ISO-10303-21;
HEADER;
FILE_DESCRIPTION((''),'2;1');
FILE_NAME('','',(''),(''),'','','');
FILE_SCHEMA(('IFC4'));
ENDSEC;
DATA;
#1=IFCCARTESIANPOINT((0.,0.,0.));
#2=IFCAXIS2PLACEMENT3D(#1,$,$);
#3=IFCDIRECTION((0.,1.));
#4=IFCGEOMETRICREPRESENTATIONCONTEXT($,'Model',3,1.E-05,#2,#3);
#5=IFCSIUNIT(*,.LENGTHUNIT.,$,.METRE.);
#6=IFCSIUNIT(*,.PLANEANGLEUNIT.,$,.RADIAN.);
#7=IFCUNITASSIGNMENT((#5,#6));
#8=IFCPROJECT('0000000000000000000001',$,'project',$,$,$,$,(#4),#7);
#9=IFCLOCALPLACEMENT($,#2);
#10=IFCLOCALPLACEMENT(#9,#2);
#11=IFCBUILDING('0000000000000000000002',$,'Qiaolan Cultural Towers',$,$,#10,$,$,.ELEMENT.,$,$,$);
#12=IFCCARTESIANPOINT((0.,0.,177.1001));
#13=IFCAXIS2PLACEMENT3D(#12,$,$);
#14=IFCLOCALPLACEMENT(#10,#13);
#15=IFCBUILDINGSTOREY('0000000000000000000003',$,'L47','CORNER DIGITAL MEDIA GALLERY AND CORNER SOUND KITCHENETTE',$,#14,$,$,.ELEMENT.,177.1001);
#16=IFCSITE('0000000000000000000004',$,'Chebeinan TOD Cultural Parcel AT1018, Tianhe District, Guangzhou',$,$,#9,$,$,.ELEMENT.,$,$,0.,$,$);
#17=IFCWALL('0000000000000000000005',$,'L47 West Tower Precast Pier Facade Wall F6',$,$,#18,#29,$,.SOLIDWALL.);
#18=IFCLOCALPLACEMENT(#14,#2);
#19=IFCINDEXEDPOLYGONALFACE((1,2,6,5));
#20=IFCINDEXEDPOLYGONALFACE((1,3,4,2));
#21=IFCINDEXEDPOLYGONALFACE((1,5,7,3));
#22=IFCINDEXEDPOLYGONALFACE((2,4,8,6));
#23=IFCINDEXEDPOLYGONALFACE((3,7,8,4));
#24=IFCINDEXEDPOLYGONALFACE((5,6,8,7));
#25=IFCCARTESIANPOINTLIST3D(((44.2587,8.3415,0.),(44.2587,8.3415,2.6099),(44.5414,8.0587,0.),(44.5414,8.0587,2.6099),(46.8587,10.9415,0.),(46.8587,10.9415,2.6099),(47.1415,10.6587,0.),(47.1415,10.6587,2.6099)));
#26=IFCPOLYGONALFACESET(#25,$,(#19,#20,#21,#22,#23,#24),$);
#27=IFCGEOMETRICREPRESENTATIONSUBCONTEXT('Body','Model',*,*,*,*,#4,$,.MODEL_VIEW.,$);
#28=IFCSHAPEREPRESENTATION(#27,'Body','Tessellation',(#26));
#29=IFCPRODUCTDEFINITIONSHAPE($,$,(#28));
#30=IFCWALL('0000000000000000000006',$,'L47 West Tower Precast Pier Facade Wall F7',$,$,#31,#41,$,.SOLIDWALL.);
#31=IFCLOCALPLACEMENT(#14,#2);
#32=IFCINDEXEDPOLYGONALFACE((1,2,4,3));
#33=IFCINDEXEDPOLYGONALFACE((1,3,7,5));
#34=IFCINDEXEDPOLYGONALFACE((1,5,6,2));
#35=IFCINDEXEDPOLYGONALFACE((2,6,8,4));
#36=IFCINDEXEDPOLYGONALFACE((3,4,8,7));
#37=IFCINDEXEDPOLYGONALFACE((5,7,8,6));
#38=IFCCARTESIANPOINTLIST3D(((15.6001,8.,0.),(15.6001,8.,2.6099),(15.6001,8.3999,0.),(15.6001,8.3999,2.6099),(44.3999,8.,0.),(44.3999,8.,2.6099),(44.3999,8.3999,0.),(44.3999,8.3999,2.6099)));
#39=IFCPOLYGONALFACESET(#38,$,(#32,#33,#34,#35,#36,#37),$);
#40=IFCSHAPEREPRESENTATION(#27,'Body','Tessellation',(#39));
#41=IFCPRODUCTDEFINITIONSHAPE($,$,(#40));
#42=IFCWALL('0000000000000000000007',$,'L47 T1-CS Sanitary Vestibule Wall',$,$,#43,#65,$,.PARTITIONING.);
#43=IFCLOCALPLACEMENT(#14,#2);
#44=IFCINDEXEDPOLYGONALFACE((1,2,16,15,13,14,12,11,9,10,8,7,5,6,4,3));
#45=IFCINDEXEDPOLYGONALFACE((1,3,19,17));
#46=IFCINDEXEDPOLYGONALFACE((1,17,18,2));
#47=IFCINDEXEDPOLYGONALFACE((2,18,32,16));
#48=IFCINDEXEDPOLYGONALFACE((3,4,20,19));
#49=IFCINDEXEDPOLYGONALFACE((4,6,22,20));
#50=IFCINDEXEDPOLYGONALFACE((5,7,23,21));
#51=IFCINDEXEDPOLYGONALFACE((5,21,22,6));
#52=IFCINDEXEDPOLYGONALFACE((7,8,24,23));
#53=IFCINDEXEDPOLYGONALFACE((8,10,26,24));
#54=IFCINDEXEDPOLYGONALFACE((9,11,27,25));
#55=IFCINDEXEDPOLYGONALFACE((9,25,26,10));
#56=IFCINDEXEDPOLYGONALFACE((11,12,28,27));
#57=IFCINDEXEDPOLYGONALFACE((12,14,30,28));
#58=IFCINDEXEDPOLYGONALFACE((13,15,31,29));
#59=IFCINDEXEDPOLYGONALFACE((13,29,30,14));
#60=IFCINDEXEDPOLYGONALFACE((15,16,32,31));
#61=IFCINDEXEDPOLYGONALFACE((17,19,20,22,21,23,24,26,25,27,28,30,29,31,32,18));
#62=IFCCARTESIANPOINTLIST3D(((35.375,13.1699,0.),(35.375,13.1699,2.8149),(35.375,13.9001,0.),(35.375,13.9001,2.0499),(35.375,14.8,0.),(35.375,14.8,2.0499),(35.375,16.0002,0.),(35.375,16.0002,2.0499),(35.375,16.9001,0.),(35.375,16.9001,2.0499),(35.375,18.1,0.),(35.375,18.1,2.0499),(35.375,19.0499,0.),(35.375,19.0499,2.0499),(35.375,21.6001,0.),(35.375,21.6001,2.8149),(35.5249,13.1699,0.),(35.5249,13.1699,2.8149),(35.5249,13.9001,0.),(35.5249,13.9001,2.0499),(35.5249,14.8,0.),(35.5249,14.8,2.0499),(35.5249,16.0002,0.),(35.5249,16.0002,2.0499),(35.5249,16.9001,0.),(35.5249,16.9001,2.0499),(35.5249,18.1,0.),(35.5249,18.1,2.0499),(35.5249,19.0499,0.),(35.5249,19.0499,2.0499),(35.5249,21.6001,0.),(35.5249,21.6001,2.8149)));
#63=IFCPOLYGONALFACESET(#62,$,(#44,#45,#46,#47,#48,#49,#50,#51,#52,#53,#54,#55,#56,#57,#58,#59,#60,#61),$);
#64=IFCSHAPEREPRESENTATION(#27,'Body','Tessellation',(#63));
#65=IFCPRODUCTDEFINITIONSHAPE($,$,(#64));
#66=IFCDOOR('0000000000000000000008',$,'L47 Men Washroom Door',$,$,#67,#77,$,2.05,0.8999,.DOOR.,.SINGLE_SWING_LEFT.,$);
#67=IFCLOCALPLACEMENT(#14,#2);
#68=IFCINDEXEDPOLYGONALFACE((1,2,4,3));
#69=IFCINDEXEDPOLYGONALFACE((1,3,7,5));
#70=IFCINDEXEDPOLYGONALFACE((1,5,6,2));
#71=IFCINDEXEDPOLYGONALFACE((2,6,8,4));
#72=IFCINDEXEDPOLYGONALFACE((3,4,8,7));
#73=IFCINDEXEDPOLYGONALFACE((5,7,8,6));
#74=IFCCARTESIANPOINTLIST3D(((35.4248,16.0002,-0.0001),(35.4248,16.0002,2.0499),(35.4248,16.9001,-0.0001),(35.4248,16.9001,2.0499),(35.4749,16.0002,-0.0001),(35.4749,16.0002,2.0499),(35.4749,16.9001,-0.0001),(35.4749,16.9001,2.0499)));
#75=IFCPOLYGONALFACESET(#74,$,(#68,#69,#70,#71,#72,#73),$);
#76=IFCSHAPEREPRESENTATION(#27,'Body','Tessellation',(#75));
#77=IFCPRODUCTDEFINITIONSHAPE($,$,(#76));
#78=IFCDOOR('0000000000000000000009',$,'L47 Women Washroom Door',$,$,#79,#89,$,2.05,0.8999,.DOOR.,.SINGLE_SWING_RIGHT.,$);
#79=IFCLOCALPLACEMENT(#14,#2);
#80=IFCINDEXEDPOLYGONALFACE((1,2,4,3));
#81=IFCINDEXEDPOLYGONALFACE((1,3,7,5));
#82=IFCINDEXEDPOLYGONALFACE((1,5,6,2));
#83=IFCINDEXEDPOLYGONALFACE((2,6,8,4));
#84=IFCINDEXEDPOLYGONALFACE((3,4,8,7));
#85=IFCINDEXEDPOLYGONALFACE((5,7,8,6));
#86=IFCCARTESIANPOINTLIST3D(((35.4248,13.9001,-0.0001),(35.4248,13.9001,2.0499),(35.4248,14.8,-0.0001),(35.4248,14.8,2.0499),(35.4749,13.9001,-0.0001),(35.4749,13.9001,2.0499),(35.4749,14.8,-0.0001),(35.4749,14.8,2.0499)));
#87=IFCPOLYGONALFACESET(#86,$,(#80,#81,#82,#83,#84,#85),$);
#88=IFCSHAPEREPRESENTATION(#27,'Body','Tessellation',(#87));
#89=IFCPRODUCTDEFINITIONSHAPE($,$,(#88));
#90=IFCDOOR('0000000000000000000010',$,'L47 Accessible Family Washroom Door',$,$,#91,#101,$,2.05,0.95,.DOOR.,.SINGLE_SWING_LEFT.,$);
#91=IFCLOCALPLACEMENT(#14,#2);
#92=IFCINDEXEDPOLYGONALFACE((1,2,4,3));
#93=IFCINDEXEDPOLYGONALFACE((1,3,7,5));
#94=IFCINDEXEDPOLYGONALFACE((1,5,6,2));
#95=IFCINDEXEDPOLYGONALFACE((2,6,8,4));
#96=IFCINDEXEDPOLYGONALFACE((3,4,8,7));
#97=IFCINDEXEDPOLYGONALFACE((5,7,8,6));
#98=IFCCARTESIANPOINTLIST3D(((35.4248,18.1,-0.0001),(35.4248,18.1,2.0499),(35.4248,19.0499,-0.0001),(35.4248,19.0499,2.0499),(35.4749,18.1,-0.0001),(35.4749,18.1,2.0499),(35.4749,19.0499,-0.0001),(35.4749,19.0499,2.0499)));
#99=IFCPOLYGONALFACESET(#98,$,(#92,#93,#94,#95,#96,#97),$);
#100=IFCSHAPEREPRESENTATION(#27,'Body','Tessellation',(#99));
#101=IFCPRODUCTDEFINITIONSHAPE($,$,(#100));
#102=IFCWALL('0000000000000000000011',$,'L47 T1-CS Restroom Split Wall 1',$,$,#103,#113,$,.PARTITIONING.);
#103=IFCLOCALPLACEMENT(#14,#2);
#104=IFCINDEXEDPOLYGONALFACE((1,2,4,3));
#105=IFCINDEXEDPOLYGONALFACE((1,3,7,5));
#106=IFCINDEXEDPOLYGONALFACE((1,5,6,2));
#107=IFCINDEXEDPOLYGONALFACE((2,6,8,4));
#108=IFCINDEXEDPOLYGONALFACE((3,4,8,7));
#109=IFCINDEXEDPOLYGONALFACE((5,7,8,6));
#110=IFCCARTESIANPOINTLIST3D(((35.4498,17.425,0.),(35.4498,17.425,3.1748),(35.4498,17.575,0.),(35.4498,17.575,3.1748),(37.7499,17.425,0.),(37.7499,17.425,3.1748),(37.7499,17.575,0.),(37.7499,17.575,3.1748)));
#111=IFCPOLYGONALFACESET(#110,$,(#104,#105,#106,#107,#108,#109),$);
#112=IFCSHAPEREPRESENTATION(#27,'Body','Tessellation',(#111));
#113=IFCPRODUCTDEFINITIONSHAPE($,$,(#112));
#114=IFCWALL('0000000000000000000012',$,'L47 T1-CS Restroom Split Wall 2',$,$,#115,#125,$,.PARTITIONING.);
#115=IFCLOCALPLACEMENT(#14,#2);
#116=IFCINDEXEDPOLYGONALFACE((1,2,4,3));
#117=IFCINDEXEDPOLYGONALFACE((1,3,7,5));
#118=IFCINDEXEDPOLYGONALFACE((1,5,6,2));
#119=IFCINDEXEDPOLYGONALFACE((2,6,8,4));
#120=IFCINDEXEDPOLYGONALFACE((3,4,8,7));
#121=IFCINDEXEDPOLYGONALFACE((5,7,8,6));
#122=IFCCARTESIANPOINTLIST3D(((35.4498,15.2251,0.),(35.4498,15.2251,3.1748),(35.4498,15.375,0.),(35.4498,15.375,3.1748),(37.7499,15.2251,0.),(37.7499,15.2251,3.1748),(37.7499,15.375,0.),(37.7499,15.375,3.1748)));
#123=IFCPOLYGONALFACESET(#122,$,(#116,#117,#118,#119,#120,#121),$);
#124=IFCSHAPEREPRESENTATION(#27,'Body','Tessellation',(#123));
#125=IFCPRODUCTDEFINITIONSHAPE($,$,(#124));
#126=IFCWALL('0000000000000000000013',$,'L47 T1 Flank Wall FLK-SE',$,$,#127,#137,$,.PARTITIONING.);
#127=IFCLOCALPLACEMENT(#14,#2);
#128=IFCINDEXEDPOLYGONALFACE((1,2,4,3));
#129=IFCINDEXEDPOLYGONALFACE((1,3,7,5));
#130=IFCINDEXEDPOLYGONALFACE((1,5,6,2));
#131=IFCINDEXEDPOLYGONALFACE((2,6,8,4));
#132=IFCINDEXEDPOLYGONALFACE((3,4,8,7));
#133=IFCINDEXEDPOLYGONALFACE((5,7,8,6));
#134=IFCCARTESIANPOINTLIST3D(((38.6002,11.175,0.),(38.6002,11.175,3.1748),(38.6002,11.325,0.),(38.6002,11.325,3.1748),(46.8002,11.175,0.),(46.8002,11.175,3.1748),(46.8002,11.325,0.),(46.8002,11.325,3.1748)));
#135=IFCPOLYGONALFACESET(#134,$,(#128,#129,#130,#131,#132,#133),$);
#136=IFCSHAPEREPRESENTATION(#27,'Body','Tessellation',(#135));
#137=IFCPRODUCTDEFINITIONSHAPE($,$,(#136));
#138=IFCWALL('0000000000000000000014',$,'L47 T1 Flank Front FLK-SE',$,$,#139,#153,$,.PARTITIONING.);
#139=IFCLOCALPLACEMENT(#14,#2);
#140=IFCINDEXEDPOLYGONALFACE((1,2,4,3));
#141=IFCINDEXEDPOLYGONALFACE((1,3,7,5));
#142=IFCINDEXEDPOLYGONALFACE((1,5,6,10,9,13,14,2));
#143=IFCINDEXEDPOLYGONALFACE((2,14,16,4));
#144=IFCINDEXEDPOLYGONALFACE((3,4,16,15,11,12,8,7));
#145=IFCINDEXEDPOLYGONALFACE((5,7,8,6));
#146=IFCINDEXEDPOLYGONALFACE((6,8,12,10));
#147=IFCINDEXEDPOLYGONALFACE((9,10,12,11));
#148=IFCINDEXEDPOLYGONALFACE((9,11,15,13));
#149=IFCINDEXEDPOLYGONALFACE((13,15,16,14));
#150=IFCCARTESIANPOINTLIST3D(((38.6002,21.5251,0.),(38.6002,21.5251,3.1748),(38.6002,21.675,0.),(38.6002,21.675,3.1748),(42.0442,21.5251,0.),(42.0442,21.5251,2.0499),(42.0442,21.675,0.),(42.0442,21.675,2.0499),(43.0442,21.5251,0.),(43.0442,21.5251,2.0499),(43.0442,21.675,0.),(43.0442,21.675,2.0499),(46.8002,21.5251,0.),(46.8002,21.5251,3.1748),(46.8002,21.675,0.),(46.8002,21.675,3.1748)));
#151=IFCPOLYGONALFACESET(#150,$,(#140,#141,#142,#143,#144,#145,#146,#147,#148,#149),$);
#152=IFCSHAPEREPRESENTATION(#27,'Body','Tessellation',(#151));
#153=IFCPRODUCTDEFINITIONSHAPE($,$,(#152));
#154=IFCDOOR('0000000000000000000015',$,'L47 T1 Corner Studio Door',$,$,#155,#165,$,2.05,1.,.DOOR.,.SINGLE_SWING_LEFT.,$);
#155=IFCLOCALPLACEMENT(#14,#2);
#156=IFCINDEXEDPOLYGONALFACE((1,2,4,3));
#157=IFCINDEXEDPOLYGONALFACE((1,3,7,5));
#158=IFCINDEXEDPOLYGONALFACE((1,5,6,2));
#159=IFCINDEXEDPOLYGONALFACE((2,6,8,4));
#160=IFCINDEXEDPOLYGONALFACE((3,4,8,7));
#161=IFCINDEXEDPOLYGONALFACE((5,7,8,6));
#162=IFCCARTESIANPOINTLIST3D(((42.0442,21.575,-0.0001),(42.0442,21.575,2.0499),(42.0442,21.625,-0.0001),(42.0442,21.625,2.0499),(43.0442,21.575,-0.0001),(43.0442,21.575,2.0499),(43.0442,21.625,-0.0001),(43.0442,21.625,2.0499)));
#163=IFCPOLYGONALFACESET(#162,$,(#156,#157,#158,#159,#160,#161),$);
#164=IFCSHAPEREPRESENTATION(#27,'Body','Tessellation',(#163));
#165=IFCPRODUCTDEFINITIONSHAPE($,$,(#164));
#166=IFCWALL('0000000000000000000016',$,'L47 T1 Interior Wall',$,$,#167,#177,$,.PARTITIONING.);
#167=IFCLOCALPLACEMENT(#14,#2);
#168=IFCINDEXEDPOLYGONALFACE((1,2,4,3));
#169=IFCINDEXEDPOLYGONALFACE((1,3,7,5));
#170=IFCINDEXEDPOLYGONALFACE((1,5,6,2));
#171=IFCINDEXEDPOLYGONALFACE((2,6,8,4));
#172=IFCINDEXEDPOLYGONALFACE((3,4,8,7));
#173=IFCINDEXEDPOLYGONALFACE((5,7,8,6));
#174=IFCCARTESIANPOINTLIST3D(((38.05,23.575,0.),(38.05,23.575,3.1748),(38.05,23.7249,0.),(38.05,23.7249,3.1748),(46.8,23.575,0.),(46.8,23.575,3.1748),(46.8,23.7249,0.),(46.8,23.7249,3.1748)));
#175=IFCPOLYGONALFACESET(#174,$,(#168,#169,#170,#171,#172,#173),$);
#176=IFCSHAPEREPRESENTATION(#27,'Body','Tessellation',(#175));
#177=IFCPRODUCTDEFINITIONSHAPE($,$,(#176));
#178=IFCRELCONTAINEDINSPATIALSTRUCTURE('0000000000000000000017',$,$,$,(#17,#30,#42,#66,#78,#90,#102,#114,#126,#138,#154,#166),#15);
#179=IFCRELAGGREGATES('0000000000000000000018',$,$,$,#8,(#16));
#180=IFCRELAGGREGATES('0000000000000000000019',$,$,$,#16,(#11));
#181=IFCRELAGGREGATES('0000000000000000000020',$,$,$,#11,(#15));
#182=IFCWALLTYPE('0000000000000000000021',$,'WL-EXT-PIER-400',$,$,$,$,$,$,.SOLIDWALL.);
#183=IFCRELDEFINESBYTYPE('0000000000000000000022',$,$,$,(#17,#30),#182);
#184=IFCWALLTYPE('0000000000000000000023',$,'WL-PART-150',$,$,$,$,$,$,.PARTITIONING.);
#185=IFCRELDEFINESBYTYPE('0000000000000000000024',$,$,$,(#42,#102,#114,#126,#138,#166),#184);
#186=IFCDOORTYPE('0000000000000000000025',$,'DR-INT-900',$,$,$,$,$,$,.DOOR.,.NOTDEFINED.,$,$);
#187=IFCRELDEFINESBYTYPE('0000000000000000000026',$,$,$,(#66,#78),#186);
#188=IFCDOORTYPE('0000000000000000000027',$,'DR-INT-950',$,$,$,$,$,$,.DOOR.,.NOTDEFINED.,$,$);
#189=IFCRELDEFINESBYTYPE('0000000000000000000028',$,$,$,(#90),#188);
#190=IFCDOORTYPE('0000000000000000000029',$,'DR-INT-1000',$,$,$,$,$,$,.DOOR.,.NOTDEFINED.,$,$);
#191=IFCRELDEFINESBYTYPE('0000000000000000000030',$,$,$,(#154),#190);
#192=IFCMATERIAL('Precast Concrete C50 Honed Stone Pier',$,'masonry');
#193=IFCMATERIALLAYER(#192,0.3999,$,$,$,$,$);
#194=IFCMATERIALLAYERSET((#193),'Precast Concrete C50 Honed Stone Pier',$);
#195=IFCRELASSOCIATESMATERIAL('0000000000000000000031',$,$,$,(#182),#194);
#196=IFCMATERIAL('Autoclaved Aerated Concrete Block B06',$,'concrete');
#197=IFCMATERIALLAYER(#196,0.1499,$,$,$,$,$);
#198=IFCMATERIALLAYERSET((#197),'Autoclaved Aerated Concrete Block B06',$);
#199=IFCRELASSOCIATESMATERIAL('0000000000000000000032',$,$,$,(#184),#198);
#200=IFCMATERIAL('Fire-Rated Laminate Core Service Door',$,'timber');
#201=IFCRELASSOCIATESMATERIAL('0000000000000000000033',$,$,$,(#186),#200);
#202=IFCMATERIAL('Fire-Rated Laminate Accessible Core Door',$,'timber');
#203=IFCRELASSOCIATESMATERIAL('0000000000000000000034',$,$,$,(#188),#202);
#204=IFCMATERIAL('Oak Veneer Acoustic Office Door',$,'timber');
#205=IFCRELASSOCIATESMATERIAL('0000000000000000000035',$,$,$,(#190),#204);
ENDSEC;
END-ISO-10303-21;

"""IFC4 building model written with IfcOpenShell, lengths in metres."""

from ifc_helpers import new_model, si_unit, direction, frame, frame_2d, origin, place, context, subcontext, project, spatial, rectangle, extrude, material, layer, layer_set, type_object, element, fill, save


model = new_model("IFC4")

# Units and contexts
model_context = context("Model", 3, precision=1e-05, world=origin(), true_north=direction((0.0, 1.0)))
body_context = subcontext(model_context, "Body", "Model", "MODEL_VIEW")
ifc_project = project(units=[si_unit("LENGTHUNIT", "METRE"), si_unit("PLANEANGLEUNIT", "RADIAN")], contexts=[model_context])

# Site, building, storey
site_placement = place(None, origin())
site = spatial("IfcSite", under=ifc_project, at=site_placement, Name="Chebeinan TOD Cultural Parcel AT1018, Tianhe District, Guangzhou", CompositionType="ELEMENT", RefElevation=0.0)
building_placement = place(site_placement, origin())
building = spatial("IfcBuilding", under=site, at=building_placement, Name="Qiaolan Cultural Towers", CompositionType="ELEMENT")
storey_placement = place(building_placement, frame((0.0, 0.0, 177.1001)))
storey = spatial("IfcBuildingStorey", under=building, at=storey_placement, Name="L47", Description="CORNER DIGITAL MEDIA GALLERY AND CORNER SOUND KITCHENETTE", CompositionType="ELEMENT", Elevation=177.1001)

# Walls
ifc_material_1 = material(Name="Precast Concrete C50 Honed Stone Pier", Category="masonry")
ifc_layer_1 = layer(ifc_material_1, 0.3999)
ifc_layer_set_1 = layer_set([ifc_layer_1], Name="Precast Concrete C50 Honed Stone Pier")
wall_type_1 = type_object("IfcWallType", Name="WL-EXT-PIER-400", PredefinedType="SOLIDWALL", material=ifc_layer_set_1)
wall_1_placement = place(storey_placement, frame((47.0, 10.8, 0.0), z_axis=(0.0, 0.0, 1.0), x_axis=(-0.707107, -0.707107, 0.0)))
element("IfcWall", 1, at=wall_1_placement, inside=storey, type_object=wall_type_1, Name="L47 West Tower Precast Pier Facade Wall F6", PredefinedType="SOLIDWALL", context=body_context, shape_type="SweptSolid", body=[
    extrude(rectangle(XDim=3.677, YDim=0.3999, at=frame_2d((1.8384, 0.0))), origin(), (0.0, 0.0, 1.0), 2.6099),
])
wall_2_placement = place(storey_placement, frame((44.3999, 8.2, 0.0), z_axis=(0.0, 0.0, 1.0), x_axis=(-1.0, 0.0, 0.0)))
element("IfcWall", 2, at=wall_2_placement, inside=storey, type_object=wall_type_1, Name="L47 West Tower Precast Pier Facade Wall F7", PredefinedType="SOLIDWALL", context=body_context, shape_type="SweptSolid", body=[
    extrude(rectangle(XDim=28.7998, YDim=0.3999, at=frame_2d((14.3999, 0.0))), origin(), (0.0, 0.0, 1.0), 2.6099),
])

# Wall, openings, doors
ifc_material_2 = material(Name="Autoclaved Aerated Concrete Block B06", Category="concrete")
ifc_layer_2 = layer(ifc_material_2, 0.1499)
ifc_layer_set_2 = layer_set([ifc_layer_2], Name="Autoclaved Aerated Concrete Block B06")
wall_type_2 = type_object("IfcWallType", Name="WL-PART-150", PredefinedType="PARTITIONING", material=ifc_layer_set_2)
wall_3_placement = place(storey_placement, frame((35.45, 21.6001, 0.0), z_axis=(0.0, 0.0, 1.0), x_axis=(0.0, -1.0, 0.0)))
wall_3 = element("IfcWall", 3, at=wall_3_placement, inside=storey, type_object=wall_type_2, Name="L47 T1-CS Sanitary Vestibule Wall", PredefinedType="PARTITIONING", context=body_context, shape_type="SweptSolid", body=[
    extrude(rectangle(XDim=8.4302, YDim=0.1499, at=frame_2d((4.2151, 0.0))), origin(), (0.0, 0.0, 1.0), 2.8149),
])
opening_1_placement = place(wall_3_placement, frame((2.55, 0.0, 0.0)))
opening_1 = element("IfcOpeningElement", 4, at=opening_1_placement, cuts=wall_3, PredefinedType="OPENING", context=body_context, shape_type="SweptSolid", body=[
    extrude(rectangle(XDim=0.95, YDim=2.05, at=frame_2d((0.4751, 1.0249))), frame((0.0, 0.085, 0.0), z_axis=(0.0, -1.0, 0.0), x_axis=(1.0, 0.0, 0.0)), (0.0, 0.0, 1.0), 0.1699),
])
opening_2_placement = place(wall_3_placement, frame((4.7, 0.0, 0.0)))
opening_2 = element("IfcOpeningElement", 5, at=opening_2_placement, cuts=wall_3, PredefinedType="OPENING", context=body_context, shape_type="SweptSolid", body=[
    extrude(rectangle(XDim=0.8999, YDim=2.05, at=frame_2d((0.45, 1.0249))), frame((0.0, 0.085, 0.0), z_axis=(0.0, -1.0, 0.0), x_axis=(1.0, 0.0, 0.0)), (0.0, 0.0, 1.0), 0.1699),
])
opening_3_placement = place(wall_3_placement, frame((6.8, 0.0, 0.0)))
opening_3 = element("IfcOpeningElement", 6, at=opening_3_placement, cuts=wall_3, PredefinedType="OPENING", context=body_context, shape_type="SweptSolid", body=[
    extrude(rectangle(XDim=0.8999, YDim=2.05, at=frame_2d((0.45, 1.0249))), frame((0.0, 0.085, 0.0), z_axis=(0.0, -1.0, 0.0), x_axis=(1.0, 0.0, 0.0)), (0.0, 0.0, 1.0), 0.1699),
])
ifc_material_3 = material(Name="Fire-Rated Laminate Core Service Door", Category="timber")
door_type_1 = type_object("IfcDoorType", Name="DR-INT-900", OperationType="NOTDEFINED", PredefinedType="DOOR", material=ifc_material_3)
door_1_placement = place(opening_2_placement, origin())
door_1 = element("IfcDoor", 7, at=door_1_placement, inside=storey, type_object=door_type_1, Name="L47 Men Washroom Door", OperationType="SINGLE_SWING_LEFT", OverallHeight=2.05, OverallWidth=0.8999, PredefinedType="DOOR", context=body_context, shape_type="SweptSolid", body=[
    extrude(rectangle(XDim=0.8999, YDim=2.05, at=frame_2d((0.45, 1.0249))), frame((0.0, 0.0249, 0.0), z_axis=(0.0, -1.0, 0.0), x_axis=(1.0, 0.0, 0.0)), (0.0, 0.0, 1.0), 0.05),
])
fill(opening_2, door_1)
door_2_placement = place(opening_3_placement, origin())
door_2 = element("IfcDoor", 8, at=door_2_placement, inside=storey, type_object=door_type_1, Name="L47 Women Washroom Door", OperationType="SINGLE_SWING_RIGHT", OverallHeight=2.05, OverallWidth=0.8999, PredefinedType="DOOR", context=body_context, shape_type="SweptSolid", body=[
    extrude(rectangle(XDim=0.8999, YDim=2.05, at=frame_2d((0.45, 1.0249))), frame((0.0, 0.0249, 0.0), z_axis=(0.0, -1.0, 0.0), x_axis=(1.0, 0.0, 0.0)), (0.0, 0.0, 1.0), 0.05),
])
fill(opening_3, door_2)
ifc_material_4 = material(Name="Fire-Rated Laminate Accessible Core Door", Category="timber")
door_type_2 = type_object("IfcDoorType", Name="DR-INT-950", OperationType="NOTDEFINED", PredefinedType="DOOR", material=ifc_material_4)
door_3_placement = place(opening_1_placement, origin())
door_3 = element("IfcDoor", 9, at=door_3_placement, inside=storey, type_object=door_type_2, Name="L47 Accessible Family Washroom Door", OperationType="SINGLE_SWING_LEFT", OverallHeight=2.05, OverallWidth=0.95, PredefinedType="DOOR", context=body_context, shape_type="SweptSolid", body=[
    extrude(rectangle(XDim=0.95, YDim=2.05, at=frame_2d((0.4751, 1.0249))), frame((0.0, 0.0249, 0.0), z_axis=(0.0, -1.0, 0.0), x_axis=(1.0, 0.0, 0.0)), (0.0, 0.0, 1.0), 0.05),
])
fill(opening_1, door_3)

# Walls
for number, where, z_axis, x_axis, name in (
    (10, (35.45, 17.5, 0.0), (0.0, 0.0, 1.0), (1.0, 0.0, 0.0), "L47 T1-CS Restroom Split Wall 1"),
    (11, (35.45, 15.3, 0.0), (0.0, 0.0, 1.0), (1.0, 0.0, 0.0), "L47 T1-CS Restroom Split Wall 2"),
):
    element("IfcWall", number, at=place(storey_placement, frame(where, z_axis=z_axis, x_axis=x_axis)), inside=storey, type_object=wall_type_2, Name=name, PredefinedType="PARTITIONING", context=body_context, shape_type="SweptSolid", body=[
        extrude(rectangle(XDim=2.3, YDim=0.1499, at=frame_2d((1.1499, 0.0))), origin(), (0.0, 0.0, 1.0), 3.1748),
    ])
wall_4_placement = place(storey_placement, frame((38.6001, 11.25, 0.0), z_axis=(0.0, 0.0, 1.0), x_axis=(1.0, 0.0, 0.0)))
element("IfcWall", 12, at=wall_4_placement, inside=storey, type_object=wall_type_2, Name="L47 T1 Flank Wall FLK-SE", PredefinedType="PARTITIONING", context=body_context, shape_type="SweptSolid", body=[
    extrude(rectangle(XDim=8.2, YDim=0.1499, at=frame_2d((4.1001, 0.0))), origin(), (0.0, 0.0, 1.0), 3.1748),
])

# Wall, opening, door
wall_5_placement = place(storey_placement, frame((38.6001, 21.6001, 0.0), z_axis=(0.0, 0.0, 1.0), x_axis=(1.0, 0.0, 0.0)))
wall_5 = element("IfcWall", 13, at=wall_5_placement, inside=storey, type_object=wall_type_2, Name="L47 T1 Flank Front FLK-SE", PredefinedType="PARTITIONING", context=body_context, shape_type="SweptSolid", body=[
    extrude(rectangle(XDim=8.2, YDim=0.1499, at=frame_2d((4.1001, 0.0))), origin(), (0.0, 0.0, 1.0), 3.1748),
])
opening_4_placement = place(wall_5_placement, frame((3.4441, 0.0, 0.0)))
opening_4 = element("IfcOpeningElement", 14, at=opening_4_placement, cuts=wall_5, PredefinedType="OPENING", context=body_context, shape_type="SweptSolid", body=[
    extrude(rectangle(XDim=1.0, YDim=2.05, at=frame_2d((0.5, 1.0249))), frame((0.0, 0.085, 0.0), z_axis=(0.0, -1.0, 0.0), x_axis=(1.0, 0.0, 0.0)), (0.0, 0.0, 1.0), 0.1699),
])
ifc_material_5 = material(Name="Oak Veneer Acoustic Office Door", Category="timber")
door_type_3 = type_object("IfcDoorType", Name="DR-INT-1000", OperationType="NOTDEFINED", PredefinedType="DOOR", material=ifc_material_5)
door_4_placement = place(opening_4_placement, origin())
door_4 = element("IfcDoor", 15, at=door_4_placement, inside=storey, type_object=door_type_3, Name="L47 T1 Corner Studio Door", OperationType="SINGLE_SWING_LEFT", OverallHeight=2.05, OverallWidth=1.0, PredefinedType="DOOR", context=body_context, shape_type="SweptSolid", body=[
    extrude(rectangle(XDim=1.0, YDim=2.05, at=frame_2d((0.5, 1.0249))), frame((0.0, 0.0249, 0.0), z_axis=(0.0, -1.0, 0.0), x_axis=(1.0, 0.0, 0.0)), (0.0, 0.0, 1.0), 0.05),
])
fill(opening_4, door_4)

# Wall
wall_6_placement = place(storey_placement, frame((38.05, 23.6499, 0.0), z_axis=(0.0, 0.0, 1.0), x_axis=(1.0, 0.0, 0.0)))
element("IfcWall", 16, at=wall_6_placement, inside=storey, type_object=wall_type_2, Name="L47 T1 Interior Wall", PredefinedType="PARTITIONING", context=body_context, shape_type="SweptSolid", body=[
    extrude(rectangle(XDim=8.75, YDim=0.1499, at=frame_2d((4.375, 0.0))), origin(), (0.0, 0.0, 1.0), 3.1748),
])

save(model, "model.ifc")
